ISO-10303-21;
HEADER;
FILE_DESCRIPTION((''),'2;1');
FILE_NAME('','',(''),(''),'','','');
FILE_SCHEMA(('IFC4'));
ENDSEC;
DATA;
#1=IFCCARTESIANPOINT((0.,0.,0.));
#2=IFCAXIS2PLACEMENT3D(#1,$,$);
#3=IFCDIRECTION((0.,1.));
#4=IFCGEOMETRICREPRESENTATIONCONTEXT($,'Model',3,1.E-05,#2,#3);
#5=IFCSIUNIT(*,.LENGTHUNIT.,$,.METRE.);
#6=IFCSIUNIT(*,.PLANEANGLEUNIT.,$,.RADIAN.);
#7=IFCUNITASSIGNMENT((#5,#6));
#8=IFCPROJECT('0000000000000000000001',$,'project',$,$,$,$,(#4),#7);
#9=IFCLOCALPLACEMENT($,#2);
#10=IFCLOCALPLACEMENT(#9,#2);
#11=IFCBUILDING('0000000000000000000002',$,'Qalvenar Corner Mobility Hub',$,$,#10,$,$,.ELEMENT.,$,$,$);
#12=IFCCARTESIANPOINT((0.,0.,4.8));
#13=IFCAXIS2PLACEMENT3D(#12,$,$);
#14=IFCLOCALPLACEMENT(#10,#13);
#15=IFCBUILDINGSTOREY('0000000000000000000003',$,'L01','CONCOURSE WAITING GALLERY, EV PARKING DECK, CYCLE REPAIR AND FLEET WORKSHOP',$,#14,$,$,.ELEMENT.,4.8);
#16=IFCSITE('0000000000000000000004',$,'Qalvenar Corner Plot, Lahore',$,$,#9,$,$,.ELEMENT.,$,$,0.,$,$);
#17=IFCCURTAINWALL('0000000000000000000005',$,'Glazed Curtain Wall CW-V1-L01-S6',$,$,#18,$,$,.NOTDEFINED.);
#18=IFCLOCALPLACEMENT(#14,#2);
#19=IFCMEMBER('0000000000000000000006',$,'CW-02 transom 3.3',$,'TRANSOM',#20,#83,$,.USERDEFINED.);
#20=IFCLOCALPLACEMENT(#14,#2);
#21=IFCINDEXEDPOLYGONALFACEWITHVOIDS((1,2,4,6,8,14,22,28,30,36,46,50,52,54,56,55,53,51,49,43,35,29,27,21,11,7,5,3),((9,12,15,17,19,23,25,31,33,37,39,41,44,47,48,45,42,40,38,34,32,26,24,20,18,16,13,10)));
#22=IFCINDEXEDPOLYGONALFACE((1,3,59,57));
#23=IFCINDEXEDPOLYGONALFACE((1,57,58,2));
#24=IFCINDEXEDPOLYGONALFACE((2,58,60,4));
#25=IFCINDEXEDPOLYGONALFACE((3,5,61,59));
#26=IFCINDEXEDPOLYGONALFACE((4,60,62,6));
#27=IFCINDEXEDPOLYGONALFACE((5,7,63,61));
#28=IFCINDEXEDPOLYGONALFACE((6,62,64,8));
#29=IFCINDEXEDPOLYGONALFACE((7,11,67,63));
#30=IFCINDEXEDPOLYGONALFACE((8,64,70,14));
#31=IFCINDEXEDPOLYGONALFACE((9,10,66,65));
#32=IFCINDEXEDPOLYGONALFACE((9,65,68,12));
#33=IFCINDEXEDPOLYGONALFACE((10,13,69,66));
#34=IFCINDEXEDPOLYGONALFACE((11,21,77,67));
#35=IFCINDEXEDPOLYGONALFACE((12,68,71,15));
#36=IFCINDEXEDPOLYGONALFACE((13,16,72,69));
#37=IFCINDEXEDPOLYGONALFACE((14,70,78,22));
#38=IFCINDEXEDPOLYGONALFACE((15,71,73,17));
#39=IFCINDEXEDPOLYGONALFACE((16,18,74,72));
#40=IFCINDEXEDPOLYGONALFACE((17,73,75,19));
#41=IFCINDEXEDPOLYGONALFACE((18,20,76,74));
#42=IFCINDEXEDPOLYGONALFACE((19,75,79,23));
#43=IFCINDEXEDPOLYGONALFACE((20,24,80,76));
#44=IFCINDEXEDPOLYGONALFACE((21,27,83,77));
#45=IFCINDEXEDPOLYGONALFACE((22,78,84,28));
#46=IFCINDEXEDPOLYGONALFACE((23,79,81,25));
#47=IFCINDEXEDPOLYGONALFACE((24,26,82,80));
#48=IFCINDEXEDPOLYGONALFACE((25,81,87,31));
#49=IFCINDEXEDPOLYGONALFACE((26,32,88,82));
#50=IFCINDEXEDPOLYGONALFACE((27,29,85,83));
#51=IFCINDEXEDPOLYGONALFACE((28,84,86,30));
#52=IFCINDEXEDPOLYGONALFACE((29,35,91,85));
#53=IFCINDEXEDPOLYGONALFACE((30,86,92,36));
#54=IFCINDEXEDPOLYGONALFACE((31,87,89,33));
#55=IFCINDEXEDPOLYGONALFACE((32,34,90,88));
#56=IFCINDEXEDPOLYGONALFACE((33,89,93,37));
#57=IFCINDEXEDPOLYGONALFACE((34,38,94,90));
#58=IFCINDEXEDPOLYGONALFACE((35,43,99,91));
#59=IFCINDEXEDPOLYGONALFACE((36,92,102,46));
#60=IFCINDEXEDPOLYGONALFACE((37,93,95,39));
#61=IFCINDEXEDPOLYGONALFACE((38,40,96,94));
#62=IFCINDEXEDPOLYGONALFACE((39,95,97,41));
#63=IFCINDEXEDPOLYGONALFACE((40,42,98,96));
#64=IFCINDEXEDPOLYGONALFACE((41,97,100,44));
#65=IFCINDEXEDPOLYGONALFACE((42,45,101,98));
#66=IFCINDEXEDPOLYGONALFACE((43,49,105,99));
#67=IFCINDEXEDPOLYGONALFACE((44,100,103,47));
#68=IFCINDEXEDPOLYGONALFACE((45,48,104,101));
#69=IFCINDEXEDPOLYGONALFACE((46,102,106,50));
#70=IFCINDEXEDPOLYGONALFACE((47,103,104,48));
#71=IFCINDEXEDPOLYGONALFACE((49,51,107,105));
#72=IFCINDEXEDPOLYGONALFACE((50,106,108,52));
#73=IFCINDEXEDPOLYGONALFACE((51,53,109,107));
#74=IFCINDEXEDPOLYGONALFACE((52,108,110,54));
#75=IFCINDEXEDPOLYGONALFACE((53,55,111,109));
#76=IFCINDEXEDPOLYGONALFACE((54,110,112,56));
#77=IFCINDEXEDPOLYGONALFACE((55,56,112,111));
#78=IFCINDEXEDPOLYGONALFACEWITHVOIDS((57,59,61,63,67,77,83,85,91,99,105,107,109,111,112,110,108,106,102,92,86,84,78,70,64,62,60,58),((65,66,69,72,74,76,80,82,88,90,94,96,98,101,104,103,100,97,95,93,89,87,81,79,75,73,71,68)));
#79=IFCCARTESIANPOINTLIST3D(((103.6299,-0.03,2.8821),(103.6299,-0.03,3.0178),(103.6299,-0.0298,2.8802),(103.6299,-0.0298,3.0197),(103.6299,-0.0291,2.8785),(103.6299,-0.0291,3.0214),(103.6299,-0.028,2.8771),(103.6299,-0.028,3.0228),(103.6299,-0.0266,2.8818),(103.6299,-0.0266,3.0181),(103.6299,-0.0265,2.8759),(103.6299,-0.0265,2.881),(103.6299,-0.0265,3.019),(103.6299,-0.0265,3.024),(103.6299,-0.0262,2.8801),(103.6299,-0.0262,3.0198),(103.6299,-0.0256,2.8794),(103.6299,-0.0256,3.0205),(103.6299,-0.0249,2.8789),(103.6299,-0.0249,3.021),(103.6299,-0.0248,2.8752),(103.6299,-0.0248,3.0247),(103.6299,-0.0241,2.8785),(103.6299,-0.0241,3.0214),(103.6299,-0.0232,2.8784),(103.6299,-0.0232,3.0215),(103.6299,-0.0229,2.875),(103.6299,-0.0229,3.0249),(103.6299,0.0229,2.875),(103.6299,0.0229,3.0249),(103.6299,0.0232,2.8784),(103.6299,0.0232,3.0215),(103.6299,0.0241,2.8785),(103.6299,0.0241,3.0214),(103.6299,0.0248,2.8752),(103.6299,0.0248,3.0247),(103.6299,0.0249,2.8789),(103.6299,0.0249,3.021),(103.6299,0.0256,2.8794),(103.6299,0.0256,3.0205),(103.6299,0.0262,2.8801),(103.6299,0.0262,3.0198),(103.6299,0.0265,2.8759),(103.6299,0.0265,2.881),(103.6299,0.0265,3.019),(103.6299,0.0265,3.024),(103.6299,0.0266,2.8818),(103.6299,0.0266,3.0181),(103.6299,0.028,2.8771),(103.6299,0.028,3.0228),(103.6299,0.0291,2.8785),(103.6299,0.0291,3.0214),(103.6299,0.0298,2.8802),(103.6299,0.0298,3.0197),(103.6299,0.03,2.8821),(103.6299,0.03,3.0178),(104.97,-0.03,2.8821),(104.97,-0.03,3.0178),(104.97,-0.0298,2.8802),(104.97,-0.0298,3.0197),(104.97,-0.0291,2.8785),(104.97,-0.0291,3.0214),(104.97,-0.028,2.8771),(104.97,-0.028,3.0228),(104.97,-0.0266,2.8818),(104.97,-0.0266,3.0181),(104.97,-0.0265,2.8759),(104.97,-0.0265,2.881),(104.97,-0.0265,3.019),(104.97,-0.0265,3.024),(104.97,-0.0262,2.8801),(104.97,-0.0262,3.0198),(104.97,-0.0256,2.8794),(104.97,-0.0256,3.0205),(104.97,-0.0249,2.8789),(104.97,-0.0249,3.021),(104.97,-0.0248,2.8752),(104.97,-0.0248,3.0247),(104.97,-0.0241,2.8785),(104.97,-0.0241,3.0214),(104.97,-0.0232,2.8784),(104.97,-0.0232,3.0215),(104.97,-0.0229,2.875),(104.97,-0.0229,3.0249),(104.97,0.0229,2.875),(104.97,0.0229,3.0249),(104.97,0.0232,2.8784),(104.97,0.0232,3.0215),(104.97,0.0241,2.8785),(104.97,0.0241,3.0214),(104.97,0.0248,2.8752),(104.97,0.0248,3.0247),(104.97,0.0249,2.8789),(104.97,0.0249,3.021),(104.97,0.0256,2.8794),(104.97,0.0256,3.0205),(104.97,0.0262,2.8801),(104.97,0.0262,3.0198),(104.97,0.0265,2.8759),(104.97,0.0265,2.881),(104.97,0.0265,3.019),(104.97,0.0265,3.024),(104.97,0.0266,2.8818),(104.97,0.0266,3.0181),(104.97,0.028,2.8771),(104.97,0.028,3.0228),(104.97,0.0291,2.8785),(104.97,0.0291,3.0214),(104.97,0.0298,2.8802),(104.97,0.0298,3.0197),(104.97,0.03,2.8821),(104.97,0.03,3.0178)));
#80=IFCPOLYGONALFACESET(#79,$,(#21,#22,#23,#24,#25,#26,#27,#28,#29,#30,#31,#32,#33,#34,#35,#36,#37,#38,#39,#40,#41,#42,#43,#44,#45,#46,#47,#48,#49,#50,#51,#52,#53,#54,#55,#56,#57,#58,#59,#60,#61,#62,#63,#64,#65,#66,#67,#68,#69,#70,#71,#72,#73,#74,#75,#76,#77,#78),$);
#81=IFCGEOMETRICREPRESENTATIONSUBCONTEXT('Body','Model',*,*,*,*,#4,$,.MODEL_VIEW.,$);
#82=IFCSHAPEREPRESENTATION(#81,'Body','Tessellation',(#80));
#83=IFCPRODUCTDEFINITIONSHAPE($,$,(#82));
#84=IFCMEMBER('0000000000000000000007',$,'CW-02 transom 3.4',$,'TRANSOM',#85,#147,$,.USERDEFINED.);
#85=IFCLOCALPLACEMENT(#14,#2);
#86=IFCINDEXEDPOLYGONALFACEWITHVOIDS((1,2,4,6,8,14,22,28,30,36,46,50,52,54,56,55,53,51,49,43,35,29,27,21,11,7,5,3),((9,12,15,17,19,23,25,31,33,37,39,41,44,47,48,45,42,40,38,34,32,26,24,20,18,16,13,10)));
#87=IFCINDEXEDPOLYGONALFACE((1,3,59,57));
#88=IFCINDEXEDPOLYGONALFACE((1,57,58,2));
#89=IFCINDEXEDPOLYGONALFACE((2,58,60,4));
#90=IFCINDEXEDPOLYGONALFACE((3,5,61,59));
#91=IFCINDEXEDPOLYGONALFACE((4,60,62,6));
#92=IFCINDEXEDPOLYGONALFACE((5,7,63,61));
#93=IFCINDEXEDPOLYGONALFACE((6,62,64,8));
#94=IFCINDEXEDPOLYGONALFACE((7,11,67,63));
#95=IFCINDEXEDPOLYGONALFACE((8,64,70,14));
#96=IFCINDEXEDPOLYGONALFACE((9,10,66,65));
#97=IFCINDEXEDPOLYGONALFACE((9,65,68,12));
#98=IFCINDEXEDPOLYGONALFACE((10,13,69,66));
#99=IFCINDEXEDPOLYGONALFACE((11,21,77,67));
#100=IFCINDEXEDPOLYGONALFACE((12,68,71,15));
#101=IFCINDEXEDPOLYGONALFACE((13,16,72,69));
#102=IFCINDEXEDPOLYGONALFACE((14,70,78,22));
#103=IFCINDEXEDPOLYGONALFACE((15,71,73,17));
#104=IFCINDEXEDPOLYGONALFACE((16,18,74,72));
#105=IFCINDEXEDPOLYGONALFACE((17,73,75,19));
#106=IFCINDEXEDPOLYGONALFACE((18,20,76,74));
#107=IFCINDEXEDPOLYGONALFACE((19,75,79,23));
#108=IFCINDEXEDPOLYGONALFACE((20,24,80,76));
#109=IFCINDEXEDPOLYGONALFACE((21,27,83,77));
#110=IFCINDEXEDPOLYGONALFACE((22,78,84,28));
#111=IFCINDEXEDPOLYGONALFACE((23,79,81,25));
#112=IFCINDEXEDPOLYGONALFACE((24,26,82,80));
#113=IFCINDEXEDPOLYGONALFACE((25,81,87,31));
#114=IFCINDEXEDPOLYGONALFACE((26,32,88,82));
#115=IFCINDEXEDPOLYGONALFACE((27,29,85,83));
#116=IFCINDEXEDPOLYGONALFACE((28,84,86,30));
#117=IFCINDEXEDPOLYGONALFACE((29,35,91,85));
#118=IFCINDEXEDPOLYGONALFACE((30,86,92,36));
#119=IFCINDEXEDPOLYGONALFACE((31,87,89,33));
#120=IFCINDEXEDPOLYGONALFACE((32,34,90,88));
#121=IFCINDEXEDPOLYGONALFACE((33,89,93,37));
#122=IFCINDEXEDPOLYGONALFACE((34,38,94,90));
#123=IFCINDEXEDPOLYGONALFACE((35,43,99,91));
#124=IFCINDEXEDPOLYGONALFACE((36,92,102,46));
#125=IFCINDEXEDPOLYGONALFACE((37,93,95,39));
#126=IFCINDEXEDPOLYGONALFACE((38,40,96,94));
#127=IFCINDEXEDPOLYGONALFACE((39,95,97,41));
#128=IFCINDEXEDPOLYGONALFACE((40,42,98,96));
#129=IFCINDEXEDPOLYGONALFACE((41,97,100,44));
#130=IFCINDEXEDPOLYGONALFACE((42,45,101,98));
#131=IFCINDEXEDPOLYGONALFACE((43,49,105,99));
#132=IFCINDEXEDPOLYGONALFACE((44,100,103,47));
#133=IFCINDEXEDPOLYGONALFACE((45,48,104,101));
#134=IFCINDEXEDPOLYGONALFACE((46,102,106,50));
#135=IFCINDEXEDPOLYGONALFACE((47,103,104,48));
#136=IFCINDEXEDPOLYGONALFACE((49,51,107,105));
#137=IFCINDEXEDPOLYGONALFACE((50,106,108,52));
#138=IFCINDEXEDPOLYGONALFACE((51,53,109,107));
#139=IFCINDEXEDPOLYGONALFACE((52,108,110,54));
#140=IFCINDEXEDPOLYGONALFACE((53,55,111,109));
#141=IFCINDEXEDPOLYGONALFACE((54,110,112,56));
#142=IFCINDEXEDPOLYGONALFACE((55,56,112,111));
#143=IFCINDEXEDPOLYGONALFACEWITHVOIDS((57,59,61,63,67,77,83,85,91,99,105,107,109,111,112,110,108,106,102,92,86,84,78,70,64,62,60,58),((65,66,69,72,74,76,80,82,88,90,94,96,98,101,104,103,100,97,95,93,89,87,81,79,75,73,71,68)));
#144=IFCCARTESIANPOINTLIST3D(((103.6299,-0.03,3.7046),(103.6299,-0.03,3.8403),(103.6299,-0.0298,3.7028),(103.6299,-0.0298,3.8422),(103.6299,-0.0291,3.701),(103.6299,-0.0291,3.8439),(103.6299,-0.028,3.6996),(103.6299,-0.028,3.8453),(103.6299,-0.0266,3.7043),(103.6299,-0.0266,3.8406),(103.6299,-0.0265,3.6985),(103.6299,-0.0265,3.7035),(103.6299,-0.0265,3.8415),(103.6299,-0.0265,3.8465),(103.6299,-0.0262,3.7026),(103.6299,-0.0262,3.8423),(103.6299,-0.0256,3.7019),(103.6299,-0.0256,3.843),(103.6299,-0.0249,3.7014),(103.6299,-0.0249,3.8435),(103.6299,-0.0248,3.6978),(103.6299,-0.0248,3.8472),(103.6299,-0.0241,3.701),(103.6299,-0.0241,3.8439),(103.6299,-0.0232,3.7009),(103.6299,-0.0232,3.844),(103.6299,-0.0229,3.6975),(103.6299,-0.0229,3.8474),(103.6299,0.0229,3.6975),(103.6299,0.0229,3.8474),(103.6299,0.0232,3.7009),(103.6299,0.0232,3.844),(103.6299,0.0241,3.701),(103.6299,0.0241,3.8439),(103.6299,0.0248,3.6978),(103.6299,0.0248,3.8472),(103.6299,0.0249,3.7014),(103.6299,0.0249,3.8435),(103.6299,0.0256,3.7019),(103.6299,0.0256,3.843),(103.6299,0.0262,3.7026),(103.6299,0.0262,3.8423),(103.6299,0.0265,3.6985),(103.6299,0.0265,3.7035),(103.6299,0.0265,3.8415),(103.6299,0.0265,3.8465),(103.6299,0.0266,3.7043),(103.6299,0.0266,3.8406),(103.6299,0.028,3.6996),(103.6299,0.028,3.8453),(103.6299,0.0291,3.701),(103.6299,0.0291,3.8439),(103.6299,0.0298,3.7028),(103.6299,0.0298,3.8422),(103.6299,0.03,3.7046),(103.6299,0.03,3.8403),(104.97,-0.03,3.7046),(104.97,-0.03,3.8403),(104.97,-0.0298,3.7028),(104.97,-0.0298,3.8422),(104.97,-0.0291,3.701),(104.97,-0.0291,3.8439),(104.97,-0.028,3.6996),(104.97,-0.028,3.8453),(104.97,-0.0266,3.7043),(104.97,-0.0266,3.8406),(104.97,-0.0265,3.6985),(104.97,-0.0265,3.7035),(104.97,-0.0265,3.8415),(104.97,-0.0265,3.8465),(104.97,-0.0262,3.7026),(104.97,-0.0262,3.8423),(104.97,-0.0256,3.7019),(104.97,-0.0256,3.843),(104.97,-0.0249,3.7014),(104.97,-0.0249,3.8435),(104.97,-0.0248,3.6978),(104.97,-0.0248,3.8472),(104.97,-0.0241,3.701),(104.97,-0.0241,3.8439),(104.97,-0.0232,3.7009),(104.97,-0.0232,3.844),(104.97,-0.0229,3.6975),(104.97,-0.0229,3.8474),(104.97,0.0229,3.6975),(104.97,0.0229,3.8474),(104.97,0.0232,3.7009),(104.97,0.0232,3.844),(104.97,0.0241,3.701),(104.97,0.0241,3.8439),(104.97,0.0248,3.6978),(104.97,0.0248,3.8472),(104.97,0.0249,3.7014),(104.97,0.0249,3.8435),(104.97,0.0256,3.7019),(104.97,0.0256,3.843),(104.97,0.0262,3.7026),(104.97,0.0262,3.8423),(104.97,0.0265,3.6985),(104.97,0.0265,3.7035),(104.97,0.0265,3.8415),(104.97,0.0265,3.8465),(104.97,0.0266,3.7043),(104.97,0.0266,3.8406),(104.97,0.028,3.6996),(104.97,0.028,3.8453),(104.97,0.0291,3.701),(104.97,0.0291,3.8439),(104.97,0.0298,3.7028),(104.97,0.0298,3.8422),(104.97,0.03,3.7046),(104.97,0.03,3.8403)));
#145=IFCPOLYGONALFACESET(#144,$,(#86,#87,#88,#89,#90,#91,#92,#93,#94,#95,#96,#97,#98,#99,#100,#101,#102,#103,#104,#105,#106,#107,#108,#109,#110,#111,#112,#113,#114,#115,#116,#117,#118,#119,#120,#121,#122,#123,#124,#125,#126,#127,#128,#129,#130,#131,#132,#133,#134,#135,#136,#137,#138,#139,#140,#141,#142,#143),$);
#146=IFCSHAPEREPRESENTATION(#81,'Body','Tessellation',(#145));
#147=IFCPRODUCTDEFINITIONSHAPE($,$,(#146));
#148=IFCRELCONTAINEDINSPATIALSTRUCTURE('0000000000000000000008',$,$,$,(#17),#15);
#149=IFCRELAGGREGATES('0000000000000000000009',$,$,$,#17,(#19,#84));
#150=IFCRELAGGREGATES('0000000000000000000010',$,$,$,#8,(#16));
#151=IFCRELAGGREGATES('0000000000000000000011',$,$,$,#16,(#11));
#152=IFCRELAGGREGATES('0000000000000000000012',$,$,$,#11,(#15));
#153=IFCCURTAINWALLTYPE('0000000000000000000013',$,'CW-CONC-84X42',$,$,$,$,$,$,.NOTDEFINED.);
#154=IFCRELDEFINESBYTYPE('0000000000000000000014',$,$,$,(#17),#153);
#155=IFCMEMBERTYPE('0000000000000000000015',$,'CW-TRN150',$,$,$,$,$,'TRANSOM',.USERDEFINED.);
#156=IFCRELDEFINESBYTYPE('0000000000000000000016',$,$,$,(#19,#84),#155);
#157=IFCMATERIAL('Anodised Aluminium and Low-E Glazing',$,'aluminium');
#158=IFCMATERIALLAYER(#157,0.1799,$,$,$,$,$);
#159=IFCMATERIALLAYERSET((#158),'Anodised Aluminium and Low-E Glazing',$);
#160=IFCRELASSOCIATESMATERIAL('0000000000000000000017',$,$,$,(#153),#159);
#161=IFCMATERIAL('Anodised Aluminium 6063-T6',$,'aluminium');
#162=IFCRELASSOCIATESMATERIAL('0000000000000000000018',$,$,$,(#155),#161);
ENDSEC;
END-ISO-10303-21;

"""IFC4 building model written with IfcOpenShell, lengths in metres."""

from ifc_helpers import new_model, si_unit, direction, frame, origin, origin_2d, place, context, subcontext, project, spatial, hollow_rectangle, extrude, material, layer, layer_set, material_profile, profile_set, type_object, element, aggregate, save


model = new_model("IFC4")

# Units and contexts
model_context = context("Model", 3, precision=1e-05, world=origin(), true_north=direction((0.0, 1.0)))
body_context = subcontext(model_context, "Body", "Model", "MODEL_VIEW")
ifc_project = project(units=[si_unit("LENGTHUNIT", "METRE"), si_unit("PLANEANGLEUNIT", "RADIAN")], contexts=[model_context])

# Site, building, storey
site_placement = place(None, origin())
site = spatial("IfcSite", under=ifc_project, at=site_placement, Name="Qalvenar Corner Plot, Lahore", CompositionType="ELEMENT", RefElevation=0.0)
building_placement = place(site_placement, origin())
building = spatial("IfcBuilding", under=site, at=building_placement, Name="Qalvenar Corner Mobility Hub", CompositionType="ELEMENT")
storey_placement = place(building_placement, frame((0.0, 0.0, 4.8)))
storey = spatial("IfcBuildingStorey", under=building, at=storey_placement, Name="L01", Description="CONCOURSE WAITING GALLERY, EV PARKING DECK, CYCLE REPAIR AND FLEET WORKSHOP", CompositionType="ELEMENT", Elevation=4.8)

# Curtain wall, members
ifc_material_1 = material(Name="Anodised Aluminium and Low-E Glazing", Category="aluminium")
ifc_layer_1 = layer(ifc_material_1, 0.1799)
ifc_layer_set_1 = layer_set([ifc_layer_1], Name="Anodised Aluminium and Low-E Glazing")
curtain_wall_type = type_object("IfcCurtainWallType", Name="CW-CONC-84X42", PredefinedType="NOTDEFINED", material=ifc_layer_set_1)
curtain_wall_placement = place(storey_placement, origin())
curtain_wall = element("IfcCurtainWall", 1, at=curtain_wall_placement, inside=storey, type_object=curtain_wall_type, Name="Glazed Curtain Wall CW-V1-L01-S6", PredefinedType="NOTDEFINED")
ifc_material_2 = material(Name="Anodised Aluminium 6063-T6", Category="aluminium")
ifc_material_profile_1 = material_profile(ifc_material_2, hollow_rectangle(XDim=0.0601, YDim=0.1499, WallThickness=0.0034, InnerFilletRadius=0.0034, OuterFilletRadius=0.0071, at=origin_2d()), Name="RHS150x60x3.5")
ifc_profile_set_1 = profile_set([ifc_material_profile_1], Name="Anodised Aluminium 6063-T6")
member_type_1 = type_object("IfcMemberType", Name="CW-TRN150", ElementType="TRANSOM", PredefinedType="USERDEFINED", material=ifc_profile_set_1)
member_1_placement = place(storey_placement, frame((103.6299, 0.0, 2.95), z_axis=(1.0, 0.0, 0.0), x_axis=(0.0, 1.0, 0.0)))
member_1 = element("IfcMember", 2, at=member_1_placement, type_object=member_type_1, Name="CW-02 transom 3.3", ObjectType="TRANSOM", PredefinedType="USERDEFINED", context=body_context, shape_type="SweptSolid", body=[
    extrude(hollow_rectangle(XDim=0.0601, YDim=0.1499, WallThickness=0.0034, InnerFilletRadius=0.0034, OuterFilletRadius=0.0071, at=origin_2d()), origin(), (0.0, 0.0, 1.0), 1.3401),
])
member_2_placement = place(storey_placement, frame((103.6299, 0.0, 3.7725), z_axis=(1.0, 0.0, 0.0), x_axis=(0.0, 1.0, 0.0)))
member_2 = element("IfcMember", 3, at=member_2_placement, type_object=member_type_1, Name="CW-02 transom 3.4", ObjectType="TRANSOM", PredefinedType="USERDEFINED", context=body_context, shape_type="SweptSolid", body=[
    extrude(hollow_rectangle(XDim=0.0601, YDim=0.1499, WallThickness=0.0034, InnerFilletRadius=0.0034, OuterFilletRadius=0.0071, at=origin_2d()), origin(), (0.0, 0.0, 1.0), 1.3401),
])
aggregate(curtain_wall, [member_1, member_2])

save(model, "model.ifc")
